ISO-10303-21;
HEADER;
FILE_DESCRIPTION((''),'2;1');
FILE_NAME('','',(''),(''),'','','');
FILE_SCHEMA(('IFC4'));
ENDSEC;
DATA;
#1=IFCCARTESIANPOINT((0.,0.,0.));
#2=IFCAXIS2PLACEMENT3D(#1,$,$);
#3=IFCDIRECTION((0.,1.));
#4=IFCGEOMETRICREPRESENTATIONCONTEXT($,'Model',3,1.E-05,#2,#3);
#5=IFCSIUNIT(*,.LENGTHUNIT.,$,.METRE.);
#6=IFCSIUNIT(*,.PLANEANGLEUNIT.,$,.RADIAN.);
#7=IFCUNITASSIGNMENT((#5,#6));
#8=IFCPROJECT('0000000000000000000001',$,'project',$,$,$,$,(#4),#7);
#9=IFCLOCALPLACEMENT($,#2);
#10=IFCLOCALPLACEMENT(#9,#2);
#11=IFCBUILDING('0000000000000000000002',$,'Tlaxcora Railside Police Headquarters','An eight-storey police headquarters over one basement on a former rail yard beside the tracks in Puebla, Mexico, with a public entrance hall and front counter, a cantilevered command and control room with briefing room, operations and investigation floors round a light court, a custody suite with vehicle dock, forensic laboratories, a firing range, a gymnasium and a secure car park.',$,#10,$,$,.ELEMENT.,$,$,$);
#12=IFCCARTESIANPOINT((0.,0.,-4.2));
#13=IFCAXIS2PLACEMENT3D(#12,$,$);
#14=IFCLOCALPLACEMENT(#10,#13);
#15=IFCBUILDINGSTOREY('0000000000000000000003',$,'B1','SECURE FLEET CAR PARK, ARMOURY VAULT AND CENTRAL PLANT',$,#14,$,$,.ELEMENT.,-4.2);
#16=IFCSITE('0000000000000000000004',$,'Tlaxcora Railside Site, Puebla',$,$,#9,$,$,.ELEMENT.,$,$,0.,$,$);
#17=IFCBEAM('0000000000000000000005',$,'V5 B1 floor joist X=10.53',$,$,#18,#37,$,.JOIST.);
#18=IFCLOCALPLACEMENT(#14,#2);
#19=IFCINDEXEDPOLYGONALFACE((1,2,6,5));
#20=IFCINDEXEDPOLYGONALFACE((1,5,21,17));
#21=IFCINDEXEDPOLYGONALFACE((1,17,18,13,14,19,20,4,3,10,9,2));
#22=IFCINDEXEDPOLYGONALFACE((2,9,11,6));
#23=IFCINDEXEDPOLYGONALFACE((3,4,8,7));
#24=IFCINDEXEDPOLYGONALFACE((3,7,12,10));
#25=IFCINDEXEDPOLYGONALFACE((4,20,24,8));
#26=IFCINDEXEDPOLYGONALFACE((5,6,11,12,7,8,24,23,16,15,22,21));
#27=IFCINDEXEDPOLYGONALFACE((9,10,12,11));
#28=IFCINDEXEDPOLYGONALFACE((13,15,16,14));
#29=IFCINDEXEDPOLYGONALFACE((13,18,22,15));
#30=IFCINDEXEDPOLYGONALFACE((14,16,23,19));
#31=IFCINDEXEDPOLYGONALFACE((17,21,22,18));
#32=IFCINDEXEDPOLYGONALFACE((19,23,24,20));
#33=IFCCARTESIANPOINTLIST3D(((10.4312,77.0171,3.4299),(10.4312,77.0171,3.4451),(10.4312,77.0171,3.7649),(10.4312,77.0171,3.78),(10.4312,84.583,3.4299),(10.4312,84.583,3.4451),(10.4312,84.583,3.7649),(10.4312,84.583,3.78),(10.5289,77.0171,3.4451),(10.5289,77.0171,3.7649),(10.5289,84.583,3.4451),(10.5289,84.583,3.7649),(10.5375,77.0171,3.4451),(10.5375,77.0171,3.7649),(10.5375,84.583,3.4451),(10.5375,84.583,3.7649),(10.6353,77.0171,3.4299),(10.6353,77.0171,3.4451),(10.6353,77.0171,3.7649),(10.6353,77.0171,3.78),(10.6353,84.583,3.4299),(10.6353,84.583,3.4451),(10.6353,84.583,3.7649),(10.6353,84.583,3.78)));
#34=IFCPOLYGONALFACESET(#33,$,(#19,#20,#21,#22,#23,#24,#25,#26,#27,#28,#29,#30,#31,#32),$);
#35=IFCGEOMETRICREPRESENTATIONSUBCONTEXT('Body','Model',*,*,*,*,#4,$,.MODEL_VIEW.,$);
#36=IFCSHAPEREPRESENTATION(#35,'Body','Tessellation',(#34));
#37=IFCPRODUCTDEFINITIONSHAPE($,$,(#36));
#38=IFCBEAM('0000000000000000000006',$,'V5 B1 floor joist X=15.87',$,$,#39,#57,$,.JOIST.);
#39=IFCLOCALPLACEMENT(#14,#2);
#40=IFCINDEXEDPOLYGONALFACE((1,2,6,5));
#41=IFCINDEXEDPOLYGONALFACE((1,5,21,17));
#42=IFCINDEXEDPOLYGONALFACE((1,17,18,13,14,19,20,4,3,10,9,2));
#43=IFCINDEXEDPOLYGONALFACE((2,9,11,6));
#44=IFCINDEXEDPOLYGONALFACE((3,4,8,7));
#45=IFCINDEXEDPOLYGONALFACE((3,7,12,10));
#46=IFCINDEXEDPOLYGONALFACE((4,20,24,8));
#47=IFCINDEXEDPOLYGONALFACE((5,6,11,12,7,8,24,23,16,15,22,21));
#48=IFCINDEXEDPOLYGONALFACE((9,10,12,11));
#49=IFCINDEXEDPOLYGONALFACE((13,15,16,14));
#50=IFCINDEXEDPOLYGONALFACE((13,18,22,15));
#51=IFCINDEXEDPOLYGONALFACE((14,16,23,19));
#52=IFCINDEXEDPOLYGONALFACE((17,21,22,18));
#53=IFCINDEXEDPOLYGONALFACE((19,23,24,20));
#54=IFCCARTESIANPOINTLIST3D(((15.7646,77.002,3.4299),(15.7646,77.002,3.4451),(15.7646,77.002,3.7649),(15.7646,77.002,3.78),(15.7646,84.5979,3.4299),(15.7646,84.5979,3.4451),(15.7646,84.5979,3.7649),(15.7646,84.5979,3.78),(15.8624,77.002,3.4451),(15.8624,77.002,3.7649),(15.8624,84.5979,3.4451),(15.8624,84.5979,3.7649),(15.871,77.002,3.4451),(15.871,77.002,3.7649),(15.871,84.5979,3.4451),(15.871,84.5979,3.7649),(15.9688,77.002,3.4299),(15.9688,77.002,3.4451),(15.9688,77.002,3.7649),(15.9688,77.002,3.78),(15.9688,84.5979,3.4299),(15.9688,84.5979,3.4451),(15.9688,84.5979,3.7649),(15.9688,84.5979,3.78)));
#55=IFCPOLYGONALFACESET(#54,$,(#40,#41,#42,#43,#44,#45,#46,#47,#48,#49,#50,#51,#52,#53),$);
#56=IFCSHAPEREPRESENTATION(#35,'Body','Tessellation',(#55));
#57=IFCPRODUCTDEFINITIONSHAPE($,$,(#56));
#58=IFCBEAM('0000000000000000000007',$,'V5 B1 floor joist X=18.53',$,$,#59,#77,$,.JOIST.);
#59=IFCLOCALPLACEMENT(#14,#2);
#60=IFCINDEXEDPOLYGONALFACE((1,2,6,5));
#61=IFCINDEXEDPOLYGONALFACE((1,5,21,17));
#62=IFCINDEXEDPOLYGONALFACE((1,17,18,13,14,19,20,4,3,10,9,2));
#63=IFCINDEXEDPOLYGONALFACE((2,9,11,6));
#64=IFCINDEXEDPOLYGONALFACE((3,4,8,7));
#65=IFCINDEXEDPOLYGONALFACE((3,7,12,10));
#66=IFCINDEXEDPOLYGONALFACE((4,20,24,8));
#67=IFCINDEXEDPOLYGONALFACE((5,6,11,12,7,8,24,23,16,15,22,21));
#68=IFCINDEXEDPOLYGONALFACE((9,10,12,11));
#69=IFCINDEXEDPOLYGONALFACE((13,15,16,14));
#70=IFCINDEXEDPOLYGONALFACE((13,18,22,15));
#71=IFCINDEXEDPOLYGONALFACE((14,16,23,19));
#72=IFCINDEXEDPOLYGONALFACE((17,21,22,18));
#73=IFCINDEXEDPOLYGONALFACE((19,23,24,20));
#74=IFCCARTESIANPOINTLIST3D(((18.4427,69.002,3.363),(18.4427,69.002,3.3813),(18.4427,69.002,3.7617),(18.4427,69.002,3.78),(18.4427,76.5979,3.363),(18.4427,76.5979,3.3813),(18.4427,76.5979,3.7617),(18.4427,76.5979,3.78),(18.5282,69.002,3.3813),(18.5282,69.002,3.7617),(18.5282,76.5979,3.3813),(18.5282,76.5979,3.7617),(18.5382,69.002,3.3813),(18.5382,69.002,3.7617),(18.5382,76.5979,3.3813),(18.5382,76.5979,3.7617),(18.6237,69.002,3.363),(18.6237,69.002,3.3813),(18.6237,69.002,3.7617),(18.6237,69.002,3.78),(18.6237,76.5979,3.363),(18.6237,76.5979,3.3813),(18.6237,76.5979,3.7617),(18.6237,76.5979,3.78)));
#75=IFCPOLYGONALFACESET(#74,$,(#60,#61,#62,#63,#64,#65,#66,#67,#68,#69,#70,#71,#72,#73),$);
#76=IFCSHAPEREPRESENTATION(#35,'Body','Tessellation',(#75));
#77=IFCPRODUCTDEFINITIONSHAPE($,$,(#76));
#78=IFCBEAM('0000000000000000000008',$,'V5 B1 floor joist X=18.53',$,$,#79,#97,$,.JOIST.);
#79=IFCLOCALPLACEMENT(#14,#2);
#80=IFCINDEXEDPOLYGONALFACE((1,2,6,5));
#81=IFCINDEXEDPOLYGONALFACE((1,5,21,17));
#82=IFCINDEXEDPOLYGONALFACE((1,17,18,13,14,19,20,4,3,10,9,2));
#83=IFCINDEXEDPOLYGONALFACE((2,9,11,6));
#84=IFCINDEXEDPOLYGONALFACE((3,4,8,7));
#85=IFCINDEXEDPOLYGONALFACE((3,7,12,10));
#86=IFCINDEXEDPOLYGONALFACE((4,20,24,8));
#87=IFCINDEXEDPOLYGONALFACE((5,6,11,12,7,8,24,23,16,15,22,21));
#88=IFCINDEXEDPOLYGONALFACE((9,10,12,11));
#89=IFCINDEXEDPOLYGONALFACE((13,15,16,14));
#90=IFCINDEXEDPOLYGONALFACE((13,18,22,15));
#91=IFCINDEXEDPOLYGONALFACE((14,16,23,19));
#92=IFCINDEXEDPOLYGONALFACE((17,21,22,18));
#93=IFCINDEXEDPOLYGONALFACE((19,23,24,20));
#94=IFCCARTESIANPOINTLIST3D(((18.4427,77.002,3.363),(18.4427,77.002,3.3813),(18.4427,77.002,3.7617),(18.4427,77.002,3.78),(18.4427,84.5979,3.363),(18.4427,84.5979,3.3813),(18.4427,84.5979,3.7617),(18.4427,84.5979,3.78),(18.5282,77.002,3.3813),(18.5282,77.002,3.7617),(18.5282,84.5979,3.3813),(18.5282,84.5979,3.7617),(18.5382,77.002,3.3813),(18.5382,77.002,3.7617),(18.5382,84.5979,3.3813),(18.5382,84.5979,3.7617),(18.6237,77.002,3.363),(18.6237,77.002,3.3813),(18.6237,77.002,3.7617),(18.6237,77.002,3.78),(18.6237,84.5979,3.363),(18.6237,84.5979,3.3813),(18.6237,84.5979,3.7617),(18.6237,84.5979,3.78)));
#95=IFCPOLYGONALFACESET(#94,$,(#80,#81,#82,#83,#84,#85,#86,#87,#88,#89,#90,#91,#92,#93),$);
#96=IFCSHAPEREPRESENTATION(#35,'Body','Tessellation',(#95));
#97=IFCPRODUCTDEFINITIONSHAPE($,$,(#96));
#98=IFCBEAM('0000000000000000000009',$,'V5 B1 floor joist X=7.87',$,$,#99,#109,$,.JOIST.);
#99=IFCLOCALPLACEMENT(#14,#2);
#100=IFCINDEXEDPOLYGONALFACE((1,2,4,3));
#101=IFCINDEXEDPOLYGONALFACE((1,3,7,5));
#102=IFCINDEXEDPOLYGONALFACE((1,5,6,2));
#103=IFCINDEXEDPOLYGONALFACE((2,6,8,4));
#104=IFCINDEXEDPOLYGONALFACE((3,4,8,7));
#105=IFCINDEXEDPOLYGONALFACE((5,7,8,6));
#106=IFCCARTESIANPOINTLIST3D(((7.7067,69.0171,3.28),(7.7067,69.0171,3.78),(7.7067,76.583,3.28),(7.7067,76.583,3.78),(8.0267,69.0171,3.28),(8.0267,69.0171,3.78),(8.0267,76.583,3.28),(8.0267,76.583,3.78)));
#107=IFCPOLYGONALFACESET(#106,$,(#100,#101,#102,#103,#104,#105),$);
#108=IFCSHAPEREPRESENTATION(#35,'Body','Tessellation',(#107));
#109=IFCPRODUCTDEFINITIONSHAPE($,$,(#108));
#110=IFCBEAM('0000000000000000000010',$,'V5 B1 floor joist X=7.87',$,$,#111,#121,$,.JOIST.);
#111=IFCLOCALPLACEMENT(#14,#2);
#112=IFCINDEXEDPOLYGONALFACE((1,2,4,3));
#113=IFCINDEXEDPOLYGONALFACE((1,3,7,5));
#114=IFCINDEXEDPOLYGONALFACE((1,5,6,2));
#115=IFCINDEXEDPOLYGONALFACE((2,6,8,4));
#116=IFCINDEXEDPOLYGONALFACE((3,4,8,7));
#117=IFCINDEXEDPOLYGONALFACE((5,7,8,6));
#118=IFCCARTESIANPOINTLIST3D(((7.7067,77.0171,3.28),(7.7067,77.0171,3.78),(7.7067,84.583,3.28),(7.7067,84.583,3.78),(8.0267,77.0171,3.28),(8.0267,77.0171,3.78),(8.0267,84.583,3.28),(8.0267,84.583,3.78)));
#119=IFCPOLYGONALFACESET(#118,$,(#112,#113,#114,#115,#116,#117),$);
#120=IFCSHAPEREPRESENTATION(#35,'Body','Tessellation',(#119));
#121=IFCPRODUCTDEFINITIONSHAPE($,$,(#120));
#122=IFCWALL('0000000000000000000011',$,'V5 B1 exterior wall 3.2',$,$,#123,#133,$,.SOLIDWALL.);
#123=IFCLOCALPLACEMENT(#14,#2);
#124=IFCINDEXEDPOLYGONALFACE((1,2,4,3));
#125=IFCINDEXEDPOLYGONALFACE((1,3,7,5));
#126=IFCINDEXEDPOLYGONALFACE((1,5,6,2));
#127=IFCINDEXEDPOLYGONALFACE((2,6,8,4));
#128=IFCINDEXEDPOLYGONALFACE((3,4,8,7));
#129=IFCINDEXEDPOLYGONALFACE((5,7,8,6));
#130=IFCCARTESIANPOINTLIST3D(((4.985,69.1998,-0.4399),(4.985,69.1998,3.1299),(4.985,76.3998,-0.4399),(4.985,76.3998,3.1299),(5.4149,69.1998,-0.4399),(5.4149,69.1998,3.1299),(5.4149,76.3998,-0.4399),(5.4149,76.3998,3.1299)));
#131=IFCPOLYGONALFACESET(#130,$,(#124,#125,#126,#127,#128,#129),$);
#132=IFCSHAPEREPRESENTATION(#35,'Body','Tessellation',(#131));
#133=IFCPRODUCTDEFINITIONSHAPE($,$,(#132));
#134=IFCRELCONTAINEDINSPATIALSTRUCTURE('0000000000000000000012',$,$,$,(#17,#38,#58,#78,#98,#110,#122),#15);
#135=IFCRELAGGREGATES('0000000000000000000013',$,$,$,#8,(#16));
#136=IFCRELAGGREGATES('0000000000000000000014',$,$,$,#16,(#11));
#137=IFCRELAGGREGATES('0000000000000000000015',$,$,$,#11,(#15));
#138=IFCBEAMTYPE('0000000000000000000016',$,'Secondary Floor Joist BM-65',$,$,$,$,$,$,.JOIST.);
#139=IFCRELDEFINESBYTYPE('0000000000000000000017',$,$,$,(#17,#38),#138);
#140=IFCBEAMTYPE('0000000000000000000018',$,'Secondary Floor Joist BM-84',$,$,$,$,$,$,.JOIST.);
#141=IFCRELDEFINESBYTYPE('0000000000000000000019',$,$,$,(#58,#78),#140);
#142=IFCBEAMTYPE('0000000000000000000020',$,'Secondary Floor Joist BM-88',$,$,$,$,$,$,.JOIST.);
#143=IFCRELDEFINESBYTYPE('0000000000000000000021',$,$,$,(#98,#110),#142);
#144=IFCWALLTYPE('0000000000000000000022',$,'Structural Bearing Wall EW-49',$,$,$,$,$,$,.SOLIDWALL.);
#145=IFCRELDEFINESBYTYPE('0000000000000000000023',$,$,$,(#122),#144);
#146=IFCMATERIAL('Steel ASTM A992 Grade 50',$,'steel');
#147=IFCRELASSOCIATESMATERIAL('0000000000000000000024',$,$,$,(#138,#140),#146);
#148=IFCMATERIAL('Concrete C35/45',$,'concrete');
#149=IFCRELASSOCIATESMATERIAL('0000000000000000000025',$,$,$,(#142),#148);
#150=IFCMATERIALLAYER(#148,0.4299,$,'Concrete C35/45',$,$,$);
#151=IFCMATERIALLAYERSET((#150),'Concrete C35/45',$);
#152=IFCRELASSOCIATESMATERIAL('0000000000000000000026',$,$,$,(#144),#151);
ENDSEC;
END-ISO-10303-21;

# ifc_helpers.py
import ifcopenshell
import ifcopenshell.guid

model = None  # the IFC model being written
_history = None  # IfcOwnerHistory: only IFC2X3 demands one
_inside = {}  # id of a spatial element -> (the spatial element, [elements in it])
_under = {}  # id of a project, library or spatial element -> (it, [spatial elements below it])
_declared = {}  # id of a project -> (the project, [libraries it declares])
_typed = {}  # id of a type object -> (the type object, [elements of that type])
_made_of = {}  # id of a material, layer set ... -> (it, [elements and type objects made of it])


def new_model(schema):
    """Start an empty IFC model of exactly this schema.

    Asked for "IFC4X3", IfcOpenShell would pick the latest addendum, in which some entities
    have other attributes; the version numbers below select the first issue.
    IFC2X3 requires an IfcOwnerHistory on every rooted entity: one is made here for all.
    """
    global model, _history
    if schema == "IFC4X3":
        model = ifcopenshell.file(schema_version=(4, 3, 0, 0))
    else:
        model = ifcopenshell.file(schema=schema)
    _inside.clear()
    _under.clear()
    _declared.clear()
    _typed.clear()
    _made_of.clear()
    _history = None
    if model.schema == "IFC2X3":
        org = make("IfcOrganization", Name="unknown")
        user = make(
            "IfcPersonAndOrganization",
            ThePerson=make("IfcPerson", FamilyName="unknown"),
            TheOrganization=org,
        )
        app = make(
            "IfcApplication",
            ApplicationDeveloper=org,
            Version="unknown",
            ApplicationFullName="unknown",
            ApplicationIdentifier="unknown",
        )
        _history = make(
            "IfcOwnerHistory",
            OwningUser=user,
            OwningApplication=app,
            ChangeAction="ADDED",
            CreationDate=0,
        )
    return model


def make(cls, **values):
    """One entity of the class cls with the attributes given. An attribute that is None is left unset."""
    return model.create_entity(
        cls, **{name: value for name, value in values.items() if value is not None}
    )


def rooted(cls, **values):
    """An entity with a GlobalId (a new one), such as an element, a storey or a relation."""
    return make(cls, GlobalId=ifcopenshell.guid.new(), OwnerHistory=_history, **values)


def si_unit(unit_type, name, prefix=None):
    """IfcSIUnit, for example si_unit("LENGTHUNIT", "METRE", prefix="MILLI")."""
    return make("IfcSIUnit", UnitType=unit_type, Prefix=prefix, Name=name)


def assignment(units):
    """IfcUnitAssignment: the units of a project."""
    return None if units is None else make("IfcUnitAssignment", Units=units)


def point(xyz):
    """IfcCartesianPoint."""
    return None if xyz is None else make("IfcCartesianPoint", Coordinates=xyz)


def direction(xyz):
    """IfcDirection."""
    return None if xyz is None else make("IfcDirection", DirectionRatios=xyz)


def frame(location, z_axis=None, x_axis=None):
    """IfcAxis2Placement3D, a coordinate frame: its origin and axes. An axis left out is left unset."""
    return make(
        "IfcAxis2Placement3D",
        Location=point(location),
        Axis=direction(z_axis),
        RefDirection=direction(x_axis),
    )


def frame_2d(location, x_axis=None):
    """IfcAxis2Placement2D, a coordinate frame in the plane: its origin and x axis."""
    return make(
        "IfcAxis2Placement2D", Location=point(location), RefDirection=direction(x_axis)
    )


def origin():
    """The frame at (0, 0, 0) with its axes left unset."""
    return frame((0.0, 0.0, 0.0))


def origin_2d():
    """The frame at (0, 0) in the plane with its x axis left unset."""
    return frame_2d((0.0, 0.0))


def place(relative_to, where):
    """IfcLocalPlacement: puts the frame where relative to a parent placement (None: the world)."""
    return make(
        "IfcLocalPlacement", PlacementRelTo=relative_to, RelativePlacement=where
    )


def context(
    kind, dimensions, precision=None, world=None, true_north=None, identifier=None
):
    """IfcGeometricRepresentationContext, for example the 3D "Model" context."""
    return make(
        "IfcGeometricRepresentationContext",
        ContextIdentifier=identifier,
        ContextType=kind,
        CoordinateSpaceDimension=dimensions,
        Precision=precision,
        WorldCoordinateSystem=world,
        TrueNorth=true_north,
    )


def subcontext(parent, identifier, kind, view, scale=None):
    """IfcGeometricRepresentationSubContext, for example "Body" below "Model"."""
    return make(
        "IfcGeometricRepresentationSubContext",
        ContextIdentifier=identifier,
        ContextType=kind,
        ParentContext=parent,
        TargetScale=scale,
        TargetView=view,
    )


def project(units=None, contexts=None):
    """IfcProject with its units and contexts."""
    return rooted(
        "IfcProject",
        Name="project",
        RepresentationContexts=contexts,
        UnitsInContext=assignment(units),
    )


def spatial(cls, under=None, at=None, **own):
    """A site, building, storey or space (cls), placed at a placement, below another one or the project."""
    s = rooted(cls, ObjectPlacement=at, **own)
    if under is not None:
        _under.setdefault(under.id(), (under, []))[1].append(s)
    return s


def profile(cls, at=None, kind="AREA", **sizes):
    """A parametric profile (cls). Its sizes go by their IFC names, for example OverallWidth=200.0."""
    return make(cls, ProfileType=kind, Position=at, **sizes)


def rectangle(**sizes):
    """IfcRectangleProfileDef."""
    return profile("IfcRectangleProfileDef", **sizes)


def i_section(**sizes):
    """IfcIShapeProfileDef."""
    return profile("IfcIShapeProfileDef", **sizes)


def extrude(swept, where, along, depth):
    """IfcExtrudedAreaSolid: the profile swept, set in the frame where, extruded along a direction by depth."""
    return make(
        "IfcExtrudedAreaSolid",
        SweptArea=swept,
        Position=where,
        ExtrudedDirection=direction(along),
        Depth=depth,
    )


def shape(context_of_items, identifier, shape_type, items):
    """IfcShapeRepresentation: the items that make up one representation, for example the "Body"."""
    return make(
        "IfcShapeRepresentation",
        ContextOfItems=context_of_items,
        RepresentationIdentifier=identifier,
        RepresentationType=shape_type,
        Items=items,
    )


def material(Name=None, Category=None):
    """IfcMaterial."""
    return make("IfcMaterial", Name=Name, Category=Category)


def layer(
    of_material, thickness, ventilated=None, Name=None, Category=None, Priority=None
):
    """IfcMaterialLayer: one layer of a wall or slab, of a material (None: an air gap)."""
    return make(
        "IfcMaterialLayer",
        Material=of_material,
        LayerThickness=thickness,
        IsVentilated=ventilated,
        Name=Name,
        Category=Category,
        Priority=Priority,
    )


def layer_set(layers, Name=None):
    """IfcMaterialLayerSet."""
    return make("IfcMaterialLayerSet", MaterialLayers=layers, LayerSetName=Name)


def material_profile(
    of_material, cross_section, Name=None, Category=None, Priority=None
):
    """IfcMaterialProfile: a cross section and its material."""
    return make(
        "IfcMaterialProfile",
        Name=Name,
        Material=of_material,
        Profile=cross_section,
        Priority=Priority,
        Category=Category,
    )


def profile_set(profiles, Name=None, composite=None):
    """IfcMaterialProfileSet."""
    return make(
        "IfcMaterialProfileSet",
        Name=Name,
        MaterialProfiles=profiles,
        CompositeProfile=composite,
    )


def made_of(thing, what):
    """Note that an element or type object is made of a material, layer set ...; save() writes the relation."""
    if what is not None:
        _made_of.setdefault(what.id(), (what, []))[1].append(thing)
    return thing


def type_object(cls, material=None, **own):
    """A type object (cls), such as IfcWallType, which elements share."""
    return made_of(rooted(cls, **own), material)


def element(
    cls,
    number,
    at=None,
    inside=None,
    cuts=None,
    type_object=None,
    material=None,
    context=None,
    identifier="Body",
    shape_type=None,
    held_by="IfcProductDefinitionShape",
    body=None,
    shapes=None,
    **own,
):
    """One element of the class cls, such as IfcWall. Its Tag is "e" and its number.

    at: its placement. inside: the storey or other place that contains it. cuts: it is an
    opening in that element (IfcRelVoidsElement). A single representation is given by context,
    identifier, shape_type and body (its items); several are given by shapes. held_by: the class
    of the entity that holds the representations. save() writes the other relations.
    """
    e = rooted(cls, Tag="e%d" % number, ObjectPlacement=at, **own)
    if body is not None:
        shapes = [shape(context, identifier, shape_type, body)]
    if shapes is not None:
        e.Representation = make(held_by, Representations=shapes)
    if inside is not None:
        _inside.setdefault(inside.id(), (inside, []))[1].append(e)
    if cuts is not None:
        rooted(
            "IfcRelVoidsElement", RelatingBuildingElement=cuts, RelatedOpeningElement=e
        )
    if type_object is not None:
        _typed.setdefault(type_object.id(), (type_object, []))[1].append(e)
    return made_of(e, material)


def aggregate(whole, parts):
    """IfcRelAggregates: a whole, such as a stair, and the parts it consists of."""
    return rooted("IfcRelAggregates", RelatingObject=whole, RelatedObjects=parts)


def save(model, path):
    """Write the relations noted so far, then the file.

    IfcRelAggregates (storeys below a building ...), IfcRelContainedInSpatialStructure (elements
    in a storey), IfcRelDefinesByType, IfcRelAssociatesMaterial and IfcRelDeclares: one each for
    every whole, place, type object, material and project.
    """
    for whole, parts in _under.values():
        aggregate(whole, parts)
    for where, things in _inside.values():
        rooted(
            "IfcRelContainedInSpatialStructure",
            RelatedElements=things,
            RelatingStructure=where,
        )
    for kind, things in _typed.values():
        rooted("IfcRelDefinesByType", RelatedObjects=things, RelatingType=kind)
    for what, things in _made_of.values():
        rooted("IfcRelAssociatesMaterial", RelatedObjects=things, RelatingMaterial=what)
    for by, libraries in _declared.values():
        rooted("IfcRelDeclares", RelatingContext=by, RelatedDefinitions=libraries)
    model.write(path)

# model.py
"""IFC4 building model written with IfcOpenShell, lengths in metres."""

from ifc_helpers import new_model, si_unit, direction, frame, frame_2d, origin, origin_2d, place, context, subcontext, project, spatial, rectangle, i_section, extrude, material, layer, layer_set, material_profile, profile_set, type_object, element, save


model = new_model("IFC4")

# Units and contexts
model_context = context("Model", 3, precision=1e-05, world=origin(), true_north=direction((0.0, 1.0)))
body_context = subcontext(model_context, "Body", "Model", "MODEL_VIEW")
ifc_project = project(units=[si_unit("LENGTHUNIT", "METRE"), si_unit("PLANEANGLEUNIT", "RADIAN")], contexts=[model_context])

# Site, building, storey
site_placement = place(None, origin())
site = spatial("IfcSite", under=ifc_project, at=site_placement, Name="Tlaxcora Railside Site, Puebla", CompositionType="ELEMENT", RefElevation=0.0)
building_placement = place(site_placement, origin())
building = spatial("IfcBuilding", under=site, at=building_placement, Name="Tlaxcora Railside Police Headquarters", Description="An eight-storey police headquarters over one basement on a former rail yard beside the tracks in Puebla, Mexico, with a public entrance hall and front counter, a cantilevered command and control room with briefing room, operations and investigation floors round a light court, a custody suite with vehicle dock, forensic laboratories, a firing range, a gymnasium and a secure car park.", CompositionType="ELEMENT")
storey_placement = place(building_placement, frame((0.0, 0.0, -4.2)))
storey = spatial("IfcBuildingStorey", under=building, at=storey_placement, Name="B1", Description="SECURE FLEET CAR PARK, ARMOURY VAULT AND CENTRAL PLANT", CompositionType="ELEMENT", Elevation=-4.2)

# Shared definitions
ifc_material_1 = material(Name="Concrete C35/45", Category="concrete")

# Beams
ifc_material_2 = material(Name="Steel ASTM A992 Grade 50", Category="steel")
ifc_material_profile_1 = material_profile(ifc_material_2, i_section(OverallWidth=0.2041, OverallDepth=0.3501, WebThickness=0.0085, FlangeThickness=0.0151, at=origin_2d()), Name="W14X48")
ifc_profile_set_1 = profile_set([ifc_material_profile_1], Name="Steel ASTM A992 Grade 50")
beam_type_1 = type_object("IfcBeamType", Name="Secondary Floor Joist BM-65", PredefinedType="JOIST", material=ifc_profile_set_1)
beam_1_placement = place(storey_placement, frame((10.5332, 77.0171, 3.605), z_axis=(0.0, 1.0, 0.0), x_axis=(-1.0, 0.0, 0.0)))
element("IfcBeam", 1, at=beam_1_placement, inside=storey, type_object=beam_type_1, Name="V5 B1 floor joist X=10.53", PredefinedType="JOIST", context=body_context, shape_type="SweptSolid", body=[
    extrude(i_section(OverallWidth=0.2041, OverallDepth=0.3501, WebThickness=0.0085, FlangeThickness=0.0151, at=origin_2d()), origin(), (0.0, 0.0, 1.0), 7.5659),
])
beam_2_placement = place(storey_placement, frame((15.8667, 77.002, 3.605), z_axis=(0.0, 1.0, 0.0), x_axis=(-1.0, 0.0, 0.0)))
element("IfcBeam", 2, at=beam_2_placement, inside=storey, type_object=beam_type_1, Name="V5 B1 floor joist X=15.87", PredefinedType="JOIST", context=body_context, shape_type="SweptSolid", body=[
    extrude(i_section(OverallWidth=0.2041, OverallDepth=0.3501, WebThickness=0.0085, FlangeThickness=0.0151, at=origin_2d()), origin(), (0.0, 0.0, 1.0), 7.5959),
])
ifc_material_profile_2 = material_profile(ifc_material_2, i_section(OverallWidth=0.1809, OverallDepth=0.417, WebThickness=0.01, FlangeThickness=0.0183, at=origin_2d()), Name="W16X57")
ifc_profile_set_2 = profile_set([ifc_material_profile_2], Name="Steel ASTM A992 Grade 50")
beam_type_2 = type_object("IfcBeamType", Name="Secondary Floor Joist BM-84", PredefinedType="JOIST", material=ifc_profile_set_2)
for number, where, z_axis, x_axis, name in (
    (3, (18.5332, 69.002, 3.5715), (0.0, 1.0, 0.0), (-1.0, 0.0, 0.0), "V5 B1 floor joist X=18.53"),
    (4, (18.5332, 77.002, 3.5715), (0.0, 1.0, 0.0), (-1.0, 0.0, 0.0), "V5 B1 floor joist X=18.53"),
):
    element("IfcBeam", number, at=place(storey_placement, frame(where, z_axis=z_axis, x_axis=x_axis)), inside=storey, type_object=beam_type_2, Name=name, PredefinedType="JOIST", context=body_context, shape_type="SweptSolid", body=[
        extrude(i_section(OverallWidth=0.1809, OverallDepth=0.417, WebThickness=0.01, FlangeThickness=0.0183, at=origin_2d()), origin(), (0.0, 0.0, 1.0), 7.5959),
    ])
ifc_material_profile_3 = material_profile(ifc_material_1, rectangle(XDim=0.3201, YDim=0.5, at=origin_2d()), Name="RC320X500")
ifc_profile_set_3 = profile_set([ifc_material_profile_3], Name="Concrete C35/45")
beam_type_3 = type_object("IfcBeamType", Name="Secondary Floor Joist BM-88", PredefinedType="JOIST", material=ifc_profile_set_3)
for number, where, z_axis, x_axis, name in (
    (5, (7.8667, 69.0171, 3.53), (0.0, 1.0, 0.0), (-1.0, 0.0, 0.0), "V5 B1 floor joist X=7.87"),
    (6, (7.8667, 77.0171, 3.53), (0.0, 1.0, 0.0), (-1.0, 0.0, 0.0), "V5 B1 floor joist X=7.87"),
):
    element("IfcBeam", number, at=place(storey_placement, frame(where, z_axis=z_axis, x_axis=x_axis)), inside=storey, type_object=beam_type_3, Name=name, PredefinedType="JOIST", context=body_context, shape_type="SweptSolid", body=[
        extrude(rectangle(XDim=0.3201, YDim=0.5, at=origin_2d()), origin(), (0.0, 0.0, 1.0), 7.5659),
    ])

# Wall
ifc_layer_1 = layer(ifc_material_1, 0.4299, Name="Concrete C35/45")
ifc_layer_set_1 = layer_set([ifc_layer_1], Name="Concrete C35/45")
wall_type = type_object("IfcWallType", Name="Structural Bearing Wall EW-49", PredefinedType="SOLIDWALL", material=ifc_layer_set_1)
wall_placement = place(storey_placement, frame((5.2, 76.3999, -0.4399), z_axis=(0.0, 0.0, 1.0), x_axis=(0.0, -1.0, 0.0)))
element("IfcWall", 7, at=wall_placement, inside=storey, type_object=wall_type, Name="V5 B1 exterior wall 3.2", PredefinedType="SOLIDWALL", context=body_context, shape_type="SweptSolid", body=[
    extrude(rectangle(XDim=7.2, YDim=0.4299, at=frame_2d((3.6001, 0.0))), origin(), (0.0, 0.0, 1.0), 3.5698),
])

save(model, "model.ifc")
